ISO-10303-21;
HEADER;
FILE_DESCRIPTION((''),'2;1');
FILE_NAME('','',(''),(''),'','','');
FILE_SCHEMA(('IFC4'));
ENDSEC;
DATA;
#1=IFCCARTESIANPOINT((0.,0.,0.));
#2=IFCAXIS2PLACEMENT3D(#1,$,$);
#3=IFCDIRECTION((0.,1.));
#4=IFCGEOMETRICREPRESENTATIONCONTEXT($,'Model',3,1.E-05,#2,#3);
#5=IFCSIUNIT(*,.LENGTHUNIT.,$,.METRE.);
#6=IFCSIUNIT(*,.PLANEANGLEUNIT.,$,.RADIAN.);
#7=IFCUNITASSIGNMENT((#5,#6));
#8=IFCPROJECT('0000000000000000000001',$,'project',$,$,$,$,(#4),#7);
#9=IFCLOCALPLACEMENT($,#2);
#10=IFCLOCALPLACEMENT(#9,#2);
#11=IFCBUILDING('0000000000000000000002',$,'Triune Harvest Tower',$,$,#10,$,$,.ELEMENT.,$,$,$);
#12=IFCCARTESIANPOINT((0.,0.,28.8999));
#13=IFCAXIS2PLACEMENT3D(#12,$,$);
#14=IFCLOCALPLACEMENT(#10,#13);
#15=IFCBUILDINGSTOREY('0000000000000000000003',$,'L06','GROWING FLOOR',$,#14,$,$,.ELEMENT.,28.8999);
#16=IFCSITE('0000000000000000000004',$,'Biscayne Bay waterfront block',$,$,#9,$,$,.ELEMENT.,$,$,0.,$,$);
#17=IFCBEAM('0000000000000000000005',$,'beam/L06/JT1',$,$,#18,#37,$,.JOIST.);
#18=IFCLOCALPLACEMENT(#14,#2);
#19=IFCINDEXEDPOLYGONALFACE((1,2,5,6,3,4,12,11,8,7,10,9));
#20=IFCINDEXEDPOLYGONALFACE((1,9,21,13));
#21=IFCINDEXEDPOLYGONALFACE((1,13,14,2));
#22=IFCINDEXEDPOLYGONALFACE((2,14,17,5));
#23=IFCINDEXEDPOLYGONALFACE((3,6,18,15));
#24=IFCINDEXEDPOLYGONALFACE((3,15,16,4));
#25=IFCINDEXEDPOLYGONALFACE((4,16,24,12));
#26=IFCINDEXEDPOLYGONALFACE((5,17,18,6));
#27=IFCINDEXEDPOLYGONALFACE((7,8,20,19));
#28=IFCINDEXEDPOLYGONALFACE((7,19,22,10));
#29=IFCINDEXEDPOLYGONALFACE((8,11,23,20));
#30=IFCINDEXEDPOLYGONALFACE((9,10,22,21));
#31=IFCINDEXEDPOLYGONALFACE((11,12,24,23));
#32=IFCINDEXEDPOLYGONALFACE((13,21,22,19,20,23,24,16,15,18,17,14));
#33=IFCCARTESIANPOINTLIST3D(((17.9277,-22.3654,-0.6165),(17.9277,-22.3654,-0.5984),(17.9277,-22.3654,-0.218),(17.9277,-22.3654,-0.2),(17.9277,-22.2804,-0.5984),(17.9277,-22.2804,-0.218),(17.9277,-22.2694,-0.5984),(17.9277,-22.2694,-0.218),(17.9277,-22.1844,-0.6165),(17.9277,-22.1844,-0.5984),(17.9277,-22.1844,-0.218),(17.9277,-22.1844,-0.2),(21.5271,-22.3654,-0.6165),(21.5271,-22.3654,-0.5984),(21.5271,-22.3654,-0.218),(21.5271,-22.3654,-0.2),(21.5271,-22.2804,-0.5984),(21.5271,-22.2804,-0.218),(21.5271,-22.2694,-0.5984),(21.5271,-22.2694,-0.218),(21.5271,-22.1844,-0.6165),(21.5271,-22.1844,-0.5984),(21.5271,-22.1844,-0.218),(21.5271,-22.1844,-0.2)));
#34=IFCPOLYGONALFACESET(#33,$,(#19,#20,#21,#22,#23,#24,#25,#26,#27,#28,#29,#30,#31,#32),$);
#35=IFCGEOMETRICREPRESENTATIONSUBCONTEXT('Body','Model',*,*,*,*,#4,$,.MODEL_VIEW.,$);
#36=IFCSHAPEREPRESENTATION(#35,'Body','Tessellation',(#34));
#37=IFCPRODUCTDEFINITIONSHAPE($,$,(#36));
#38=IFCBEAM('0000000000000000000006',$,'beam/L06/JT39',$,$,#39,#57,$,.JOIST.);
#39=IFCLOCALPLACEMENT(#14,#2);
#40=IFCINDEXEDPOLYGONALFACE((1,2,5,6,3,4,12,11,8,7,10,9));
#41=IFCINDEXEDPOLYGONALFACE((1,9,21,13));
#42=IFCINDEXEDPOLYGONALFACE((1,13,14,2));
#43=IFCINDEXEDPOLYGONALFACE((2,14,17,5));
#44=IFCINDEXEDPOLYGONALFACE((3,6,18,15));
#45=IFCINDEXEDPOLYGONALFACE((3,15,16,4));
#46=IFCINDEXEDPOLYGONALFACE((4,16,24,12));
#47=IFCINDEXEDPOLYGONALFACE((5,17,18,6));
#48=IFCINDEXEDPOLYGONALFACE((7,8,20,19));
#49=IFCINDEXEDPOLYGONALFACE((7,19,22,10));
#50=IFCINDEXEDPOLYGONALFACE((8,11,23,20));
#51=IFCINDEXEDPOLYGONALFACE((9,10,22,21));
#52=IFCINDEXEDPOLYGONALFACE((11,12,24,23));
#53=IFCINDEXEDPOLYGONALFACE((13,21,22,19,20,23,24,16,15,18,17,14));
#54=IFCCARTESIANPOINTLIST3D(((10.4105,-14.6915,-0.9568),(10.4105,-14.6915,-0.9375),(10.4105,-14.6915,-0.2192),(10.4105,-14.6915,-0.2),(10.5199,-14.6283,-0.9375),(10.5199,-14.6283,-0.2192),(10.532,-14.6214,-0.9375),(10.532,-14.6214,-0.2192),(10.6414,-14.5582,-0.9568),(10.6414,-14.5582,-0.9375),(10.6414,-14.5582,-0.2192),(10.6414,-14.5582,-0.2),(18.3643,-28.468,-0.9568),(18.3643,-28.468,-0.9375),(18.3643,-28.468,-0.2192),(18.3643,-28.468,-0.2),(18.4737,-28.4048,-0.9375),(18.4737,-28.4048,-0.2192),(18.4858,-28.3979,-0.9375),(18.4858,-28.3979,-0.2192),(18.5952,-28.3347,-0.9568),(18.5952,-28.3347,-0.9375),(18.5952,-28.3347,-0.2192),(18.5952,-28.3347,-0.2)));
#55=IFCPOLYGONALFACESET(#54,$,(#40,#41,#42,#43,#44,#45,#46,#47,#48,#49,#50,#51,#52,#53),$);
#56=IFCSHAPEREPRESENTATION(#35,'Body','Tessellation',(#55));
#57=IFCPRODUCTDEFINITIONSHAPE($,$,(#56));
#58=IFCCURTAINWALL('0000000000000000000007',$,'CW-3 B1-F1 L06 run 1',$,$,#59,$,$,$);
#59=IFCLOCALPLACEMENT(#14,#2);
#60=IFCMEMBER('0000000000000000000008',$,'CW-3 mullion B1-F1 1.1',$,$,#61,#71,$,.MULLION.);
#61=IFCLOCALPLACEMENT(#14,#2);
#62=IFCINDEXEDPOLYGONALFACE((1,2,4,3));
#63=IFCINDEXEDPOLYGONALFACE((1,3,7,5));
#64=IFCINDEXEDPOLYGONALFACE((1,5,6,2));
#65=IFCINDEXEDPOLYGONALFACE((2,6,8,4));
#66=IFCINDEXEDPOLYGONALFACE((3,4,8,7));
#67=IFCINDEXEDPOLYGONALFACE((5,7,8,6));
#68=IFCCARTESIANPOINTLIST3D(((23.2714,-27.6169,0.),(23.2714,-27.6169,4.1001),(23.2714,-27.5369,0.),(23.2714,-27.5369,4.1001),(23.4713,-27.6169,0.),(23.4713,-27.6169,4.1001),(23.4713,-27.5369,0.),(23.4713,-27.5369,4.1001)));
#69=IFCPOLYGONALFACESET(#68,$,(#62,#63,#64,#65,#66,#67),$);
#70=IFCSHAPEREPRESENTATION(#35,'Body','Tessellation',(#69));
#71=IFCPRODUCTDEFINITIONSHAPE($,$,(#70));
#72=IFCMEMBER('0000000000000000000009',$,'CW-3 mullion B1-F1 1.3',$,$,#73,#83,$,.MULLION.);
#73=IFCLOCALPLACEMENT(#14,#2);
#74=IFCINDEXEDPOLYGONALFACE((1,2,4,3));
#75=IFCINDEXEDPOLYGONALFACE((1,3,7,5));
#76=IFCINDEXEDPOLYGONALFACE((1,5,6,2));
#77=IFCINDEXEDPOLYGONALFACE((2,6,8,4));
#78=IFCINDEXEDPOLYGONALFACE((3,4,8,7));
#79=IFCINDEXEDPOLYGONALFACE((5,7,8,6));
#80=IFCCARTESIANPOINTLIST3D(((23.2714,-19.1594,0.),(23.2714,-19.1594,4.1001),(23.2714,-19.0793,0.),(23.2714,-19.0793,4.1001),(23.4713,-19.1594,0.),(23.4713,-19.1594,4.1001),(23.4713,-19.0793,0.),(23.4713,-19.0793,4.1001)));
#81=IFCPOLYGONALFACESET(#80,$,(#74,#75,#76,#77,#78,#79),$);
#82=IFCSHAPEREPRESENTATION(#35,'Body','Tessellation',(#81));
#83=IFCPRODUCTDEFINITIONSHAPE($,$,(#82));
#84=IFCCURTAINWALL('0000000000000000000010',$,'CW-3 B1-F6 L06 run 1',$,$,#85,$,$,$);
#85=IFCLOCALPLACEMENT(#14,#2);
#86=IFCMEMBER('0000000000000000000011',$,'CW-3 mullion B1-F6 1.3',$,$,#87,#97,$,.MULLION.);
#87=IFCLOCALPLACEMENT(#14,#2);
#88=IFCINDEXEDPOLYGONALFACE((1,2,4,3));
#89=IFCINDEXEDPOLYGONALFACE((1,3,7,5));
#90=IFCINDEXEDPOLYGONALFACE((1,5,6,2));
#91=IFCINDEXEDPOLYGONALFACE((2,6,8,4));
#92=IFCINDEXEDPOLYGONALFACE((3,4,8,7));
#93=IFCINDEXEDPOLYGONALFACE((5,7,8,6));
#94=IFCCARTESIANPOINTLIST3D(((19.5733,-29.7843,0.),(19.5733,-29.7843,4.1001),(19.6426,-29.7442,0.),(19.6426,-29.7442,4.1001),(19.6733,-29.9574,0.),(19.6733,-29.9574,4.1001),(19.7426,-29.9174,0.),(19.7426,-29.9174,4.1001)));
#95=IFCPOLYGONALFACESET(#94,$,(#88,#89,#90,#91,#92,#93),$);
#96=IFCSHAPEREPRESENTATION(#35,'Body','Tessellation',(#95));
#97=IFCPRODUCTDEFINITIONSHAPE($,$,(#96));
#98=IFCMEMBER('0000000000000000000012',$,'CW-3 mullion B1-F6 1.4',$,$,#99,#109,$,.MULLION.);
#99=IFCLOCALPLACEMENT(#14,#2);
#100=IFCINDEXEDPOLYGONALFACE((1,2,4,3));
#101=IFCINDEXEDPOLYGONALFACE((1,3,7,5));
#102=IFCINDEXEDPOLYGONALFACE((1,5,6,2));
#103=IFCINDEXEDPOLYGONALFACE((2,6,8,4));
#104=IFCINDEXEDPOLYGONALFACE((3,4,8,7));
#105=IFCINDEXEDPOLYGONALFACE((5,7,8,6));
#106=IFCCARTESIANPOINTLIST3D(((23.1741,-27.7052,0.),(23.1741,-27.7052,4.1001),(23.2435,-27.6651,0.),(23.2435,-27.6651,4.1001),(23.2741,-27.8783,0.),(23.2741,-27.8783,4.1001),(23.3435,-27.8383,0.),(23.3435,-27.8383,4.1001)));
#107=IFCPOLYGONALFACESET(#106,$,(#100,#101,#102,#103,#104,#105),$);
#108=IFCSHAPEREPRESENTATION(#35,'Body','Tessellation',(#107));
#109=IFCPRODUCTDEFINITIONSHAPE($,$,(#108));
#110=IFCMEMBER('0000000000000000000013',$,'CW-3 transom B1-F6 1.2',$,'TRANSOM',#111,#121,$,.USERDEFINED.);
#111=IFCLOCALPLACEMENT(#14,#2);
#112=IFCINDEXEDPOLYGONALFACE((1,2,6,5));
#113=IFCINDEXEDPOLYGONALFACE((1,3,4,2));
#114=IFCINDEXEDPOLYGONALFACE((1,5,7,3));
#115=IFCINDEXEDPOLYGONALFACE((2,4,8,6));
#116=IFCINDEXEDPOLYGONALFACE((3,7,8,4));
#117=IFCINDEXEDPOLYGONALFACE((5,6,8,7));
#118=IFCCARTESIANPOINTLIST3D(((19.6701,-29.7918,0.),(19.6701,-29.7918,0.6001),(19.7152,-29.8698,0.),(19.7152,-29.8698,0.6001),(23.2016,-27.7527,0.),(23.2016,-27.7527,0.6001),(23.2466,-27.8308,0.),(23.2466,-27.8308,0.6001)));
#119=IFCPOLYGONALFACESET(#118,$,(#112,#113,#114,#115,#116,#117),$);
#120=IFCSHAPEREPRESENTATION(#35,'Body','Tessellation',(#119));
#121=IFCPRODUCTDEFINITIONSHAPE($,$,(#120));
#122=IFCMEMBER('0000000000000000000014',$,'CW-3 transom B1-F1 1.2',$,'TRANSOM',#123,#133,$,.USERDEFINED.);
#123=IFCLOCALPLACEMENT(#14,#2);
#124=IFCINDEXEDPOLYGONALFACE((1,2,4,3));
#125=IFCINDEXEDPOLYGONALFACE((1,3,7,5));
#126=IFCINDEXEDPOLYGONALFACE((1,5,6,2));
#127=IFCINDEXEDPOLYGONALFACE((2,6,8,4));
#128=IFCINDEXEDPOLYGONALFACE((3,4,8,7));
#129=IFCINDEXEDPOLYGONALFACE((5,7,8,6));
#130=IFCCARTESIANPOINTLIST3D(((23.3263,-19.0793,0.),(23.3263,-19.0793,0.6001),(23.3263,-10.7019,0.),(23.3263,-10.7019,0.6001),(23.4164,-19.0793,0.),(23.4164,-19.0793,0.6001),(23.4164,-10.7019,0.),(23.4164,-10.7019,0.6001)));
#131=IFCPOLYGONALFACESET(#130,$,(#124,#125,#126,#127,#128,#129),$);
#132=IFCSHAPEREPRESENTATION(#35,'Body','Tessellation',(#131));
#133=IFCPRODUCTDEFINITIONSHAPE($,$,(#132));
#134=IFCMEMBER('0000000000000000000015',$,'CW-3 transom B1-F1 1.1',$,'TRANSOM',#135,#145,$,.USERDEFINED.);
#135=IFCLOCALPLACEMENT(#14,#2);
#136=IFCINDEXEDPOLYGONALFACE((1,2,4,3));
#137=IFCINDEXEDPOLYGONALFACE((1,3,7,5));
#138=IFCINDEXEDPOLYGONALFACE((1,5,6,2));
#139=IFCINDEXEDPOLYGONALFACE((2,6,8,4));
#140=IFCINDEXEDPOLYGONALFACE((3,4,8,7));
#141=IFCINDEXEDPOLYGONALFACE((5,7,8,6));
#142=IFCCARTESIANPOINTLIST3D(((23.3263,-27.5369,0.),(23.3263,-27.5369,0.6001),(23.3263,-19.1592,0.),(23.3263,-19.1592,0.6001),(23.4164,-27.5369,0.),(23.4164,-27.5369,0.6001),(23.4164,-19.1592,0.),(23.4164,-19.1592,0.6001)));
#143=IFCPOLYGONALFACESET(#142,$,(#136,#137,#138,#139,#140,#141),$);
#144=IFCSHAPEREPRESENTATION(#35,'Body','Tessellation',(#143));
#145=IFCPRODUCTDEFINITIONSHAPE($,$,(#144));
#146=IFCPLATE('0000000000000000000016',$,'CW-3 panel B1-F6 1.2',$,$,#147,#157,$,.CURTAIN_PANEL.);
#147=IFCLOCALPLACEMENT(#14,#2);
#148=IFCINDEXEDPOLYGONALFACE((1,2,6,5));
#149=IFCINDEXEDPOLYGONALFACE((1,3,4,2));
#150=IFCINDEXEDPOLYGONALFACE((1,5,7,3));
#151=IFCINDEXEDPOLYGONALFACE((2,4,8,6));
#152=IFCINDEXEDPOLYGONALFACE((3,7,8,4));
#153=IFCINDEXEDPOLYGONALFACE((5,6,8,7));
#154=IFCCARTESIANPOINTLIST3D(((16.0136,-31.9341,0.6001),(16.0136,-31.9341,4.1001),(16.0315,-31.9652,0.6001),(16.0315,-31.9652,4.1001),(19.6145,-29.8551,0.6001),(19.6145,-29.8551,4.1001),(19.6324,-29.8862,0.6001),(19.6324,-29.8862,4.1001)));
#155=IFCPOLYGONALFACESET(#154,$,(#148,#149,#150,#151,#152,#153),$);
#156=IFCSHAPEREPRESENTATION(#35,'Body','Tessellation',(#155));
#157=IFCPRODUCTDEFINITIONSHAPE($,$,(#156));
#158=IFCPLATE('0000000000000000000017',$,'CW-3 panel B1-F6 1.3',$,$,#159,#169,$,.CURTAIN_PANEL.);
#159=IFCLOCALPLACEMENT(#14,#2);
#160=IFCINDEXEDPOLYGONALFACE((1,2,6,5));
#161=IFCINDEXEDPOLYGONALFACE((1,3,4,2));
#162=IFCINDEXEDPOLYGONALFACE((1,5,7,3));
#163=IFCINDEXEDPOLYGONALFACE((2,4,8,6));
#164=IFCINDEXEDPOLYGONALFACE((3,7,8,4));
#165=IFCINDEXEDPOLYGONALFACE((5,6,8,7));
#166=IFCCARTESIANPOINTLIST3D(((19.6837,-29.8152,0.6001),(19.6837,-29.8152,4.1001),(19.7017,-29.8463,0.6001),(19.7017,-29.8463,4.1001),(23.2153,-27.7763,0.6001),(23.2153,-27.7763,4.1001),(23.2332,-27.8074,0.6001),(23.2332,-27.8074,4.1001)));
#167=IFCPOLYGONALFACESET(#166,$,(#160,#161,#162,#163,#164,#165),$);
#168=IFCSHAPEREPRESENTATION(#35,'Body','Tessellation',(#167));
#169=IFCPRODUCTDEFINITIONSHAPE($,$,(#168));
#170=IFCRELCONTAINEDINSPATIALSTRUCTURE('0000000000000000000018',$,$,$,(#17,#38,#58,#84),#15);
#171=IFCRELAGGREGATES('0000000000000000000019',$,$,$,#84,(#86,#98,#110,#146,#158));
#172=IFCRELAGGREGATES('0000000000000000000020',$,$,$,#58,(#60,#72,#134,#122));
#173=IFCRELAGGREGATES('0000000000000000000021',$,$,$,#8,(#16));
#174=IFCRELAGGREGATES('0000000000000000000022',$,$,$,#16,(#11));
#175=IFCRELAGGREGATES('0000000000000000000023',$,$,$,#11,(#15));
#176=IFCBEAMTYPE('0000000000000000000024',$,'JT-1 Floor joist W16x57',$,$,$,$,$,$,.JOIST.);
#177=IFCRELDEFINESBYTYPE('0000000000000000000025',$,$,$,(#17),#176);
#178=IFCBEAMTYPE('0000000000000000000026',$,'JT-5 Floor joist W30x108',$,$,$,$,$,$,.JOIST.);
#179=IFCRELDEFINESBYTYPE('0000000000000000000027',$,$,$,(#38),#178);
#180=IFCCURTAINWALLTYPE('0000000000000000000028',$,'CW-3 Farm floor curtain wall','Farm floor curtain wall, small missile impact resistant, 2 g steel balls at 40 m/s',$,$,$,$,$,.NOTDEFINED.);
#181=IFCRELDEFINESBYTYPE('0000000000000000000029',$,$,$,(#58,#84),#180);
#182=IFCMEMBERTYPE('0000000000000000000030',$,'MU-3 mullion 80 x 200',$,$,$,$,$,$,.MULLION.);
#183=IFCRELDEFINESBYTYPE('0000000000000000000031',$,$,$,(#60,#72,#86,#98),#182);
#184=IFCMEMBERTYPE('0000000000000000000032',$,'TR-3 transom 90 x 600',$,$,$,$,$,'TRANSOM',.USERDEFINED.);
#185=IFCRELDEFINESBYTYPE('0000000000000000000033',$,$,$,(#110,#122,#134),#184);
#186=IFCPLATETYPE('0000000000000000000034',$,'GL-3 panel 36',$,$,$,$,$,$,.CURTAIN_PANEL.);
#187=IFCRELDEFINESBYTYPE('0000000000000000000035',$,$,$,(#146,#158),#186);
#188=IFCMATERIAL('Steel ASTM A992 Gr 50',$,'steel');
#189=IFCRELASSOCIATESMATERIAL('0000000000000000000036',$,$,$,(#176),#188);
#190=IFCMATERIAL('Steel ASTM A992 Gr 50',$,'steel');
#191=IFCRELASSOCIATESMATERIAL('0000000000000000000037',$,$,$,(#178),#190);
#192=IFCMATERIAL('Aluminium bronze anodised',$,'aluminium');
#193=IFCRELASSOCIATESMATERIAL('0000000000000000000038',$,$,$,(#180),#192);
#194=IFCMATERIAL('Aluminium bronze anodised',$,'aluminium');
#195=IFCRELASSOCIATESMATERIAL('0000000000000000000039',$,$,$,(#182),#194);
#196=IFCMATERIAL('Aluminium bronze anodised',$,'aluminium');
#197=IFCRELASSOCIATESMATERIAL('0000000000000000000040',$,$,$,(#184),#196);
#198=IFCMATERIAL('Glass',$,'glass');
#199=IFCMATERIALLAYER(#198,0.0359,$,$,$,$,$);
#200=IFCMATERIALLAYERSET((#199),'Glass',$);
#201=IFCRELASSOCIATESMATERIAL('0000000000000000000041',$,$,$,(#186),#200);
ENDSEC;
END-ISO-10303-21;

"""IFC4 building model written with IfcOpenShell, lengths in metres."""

from ifc_helpers import new_model, si_unit, direction, frame, origin, origin_2d, place, context, subcontext, project, spatial, rectangle, i_section, extrude, source, transform, mapped, material, layer, layer_set, material_profile, profile_set, type_object, element, aggregate, save


model = new_model("IFC4")

# Units and contexts
model_context = context("Model", 3, precision=1e-05, world=origin(), true_north=direction((0.0, 1.0)))
body_context = subcontext(model_context, "Body", "Model", "MODEL_VIEW")
ifc_project = project(units=[si_unit("LENGTHUNIT", "METRE"), si_unit("PLANEANGLEUNIT", "RADIAN")], contexts=[model_context])

# Site, building, storey
site_placement = place(None, origin())
site = spatial("IfcSite", under=ifc_project, at=site_placement, Name="Biscayne Bay waterfront block", CompositionType="ELEMENT", RefElevation=0.0)
building_placement = place(site_placement, origin())
building = spatial("IfcBuilding", under=site, at=building_placement, Name="Triune Harvest Tower", CompositionType="ELEMENT")
storey_placement = place(building_placement, frame((0.0, 0.0, 28.8999)))
storey = spatial("IfcBuildingStorey", under=building, at=storey_placement, Name="L06", Description="GROWING FLOOR", CompositionType="ELEMENT", Elevation=28.8999)

# Beams
ifc_material_1 = material(Name="Steel ASTM A992 Gr 50", Category="steel")
ifc_material_profile_1 = material_profile(ifc_material_1, i_section(OverallWidth=0.1809, OverallDepth=0.4165, WebThickness=0.011, FlangeThickness=0.0181, at=origin_2d()), Name="W16x57")
ifc_profile_set_1 = profile_set([ifc_material_profile_1], Name="Steel ASTM A992 Gr 50")
beam_type_1 = type_object("IfcBeamType", Name="JT-1 Floor joist W16x57", PredefinedType="JOIST", material=ifc_profile_set_1)
shared_shape_1 = source(origin(), body_context, "Body", "SweptSolid", [
    extrude(i_section(OverallWidth=0.1809, OverallDepth=0.4165, WebThickness=0.011, FlangeThickness=0.0181, at=origin_2d()), origin(), (0.0, 0.0, 1.0), 3.5994),
])
beam_1_placement = place(storey_placement, frame((21.5271, -22.2749, -0.4082), z_axis=(-1.0, 0.0, 0.0), x_axis=(0.0, -1.0, 0.0)))
element("IfcBeam", 1, at=beam_1_placement, inside=storey, type_object=beam_type_1, Name="beam/L06/JT1", PredefinedType="JOIST", context=body_context, shape_type="MappedRepresentation", body=[
    mapped(shared_shape_1, transform((0.0, 0.0, 0.0), scale=1.0)),
])
ifc_material_2 = material(Name="Steel ASTM A992 Gr 50", Category="steel")
ifc_material_profile_2 = material_profile(ifc_material_2, i_section(OverallWidth=0.2666, OverallDepth=0.7568, WebThickness=0.0139, FlangeThickness=0.0193, at=origin_2d()), Name="W30x108")
ifc_profile_set_2 = profile_set([ifc_material_profile_2], Name="Steel ASTM A992 Gr 50")
beam_type_2 = type_object("IfcBeamType", Name="JT-5 Floor joist W30x108", PredefinedType="JOIST", material=ifc_profile_set_2)
shared_shape_2 = source(origin(), body_context, "Body", "SweptSolid", [
    extrude(i_section(OverallWidth=0.2666, OverallDepth=0.7568, WebThickness=0.0139, FlangeThickness=0.0193, at=origin_2d()), origin(), (0.0, 0.0, 1.0), 15.9077),
])
beam_2_placement = place(storey_placement, frame((18.4797, -28.4014, -0.5784), z_axis=(-0.499997, 0.866027, 0.0), x_axis=(-0.866027, -0.499997, 0.0)))
element("IfcBeam", 2, at=beam_2_placement, inside=storey, type_object=beam_type_2, Name="beam/L06/JT39", PredefinedType="JOIST", context=body_context, shape_type="MappedRepresentation", body=[
    mapped(shared_shape_2, transform((0.0, 0.0, 0.0), scale=1.0)),
])

# Curtain walls, members
ifc_material_3 = material(Name="Aluminium bronze anodised", Category="aluminium")
curtain_wall_type = type_object("IfcCurtainWallType", Name="CW-3 Farm floor curtain wall", Description="Farm floor curtain wall, small missile impact resistant, 2 g steel balls at 40 m/s", PredefinedType="NOTDEFINED", material=ifc_material_3)
curtain_wall_1_placement = place(storey_placement, origin())
curtain_wall_1 = element("IfcCurtainWall", 3, at=curtain_wall_1_placement, inside=storey, type_object=curtain_wall_type, Name="CW-3 B1-F1 L06 run 1")
ifc_material_4 = material(Name="Aluminium bronze anodised", Category="aluminium")
ifc_material_profile_3 = material_profile(ifc_material_4, rectangle(XDim=0.2, YDim=0.0801, at=origin_2d()), Name="MU-3 mullion 80 x 200")
ifc_profile_set_3 = profile_set([ifc_material_profile_3], Name="Aluminium bronze anodised")
member_type_1 = type_object("IfcMemberType", Name="MU-3 mullion 80 x 200", PredefinedType="MULLION", material=ifc_profile_set_3)
shared_shape_3 = source(origin(), body_context, "Body", "SweptSolid", [
    extrude(rectangle(XDim=0.2, YDim=0.0801, at=origin_2d()), origin(), (0.0, 0.0, 1.0), 4.1001),
])
member_1_placement = place(storey_placement, frame((23.3713, -27.5769, 0.0), z_axis=(0.0, 0.0, 1.0), x_axis=(-1.0, 0.0, 0.0)))
member_1 = element("IfcMember", 4, at=member_1_placement, type_object=member_type_1, Name="CW-3 mullion B1-F1 1.1", PredefinedType="MULLION", context=body_context, shape_type="MappedRepresentation", body=[
    mapped(shared_shape_3, transform((0.0, 0.0, 0.0), scale=1.0)),
])
member_2_placement = place(storey_placement, frame((23.3713, -19.1194, 0.0), z_axis=(0.0, 0.0, 1.0), x_axis=(-1.0, 0.0, 0.0)))
member_2 = element("IfcMember", 5, at=member_2_placement, type_object=member_type_1, Name="CW-3 mullion B1-F1 1.3", PredefinedType="MULLION", context=body_context, shape_type="MappedRepresentation", body=[
    mapped(shared_shape_3, transform((0.0, 0.0, 0.0), scale=1.0)),
])
curtain_wall_2_placement = place(storey_placement, origin())
curtain_wall_2 = element("IfcCurtainWall", 6, at=curtain_wall_2_placement, inside=storey, type_object=curtain_wall_type, Name="CW-3 B1-F6 L06 run 1")
member_3_placement = place(storey_placement, frame((19.658, -29.8508, 0.0), z_axis=(0.0, 0.0, 1.0), x_axis=(-0.499999, 0.866026, 0.0)))
member_3 = element("IfcMember", 7, at=member_3_placement, type_object=member_type_1, Name="CW-3 mullion B1-F6 1.3", PredefinedType="MULLION", context=body_context, shape_type="MappedRepresentation", body=[
    mapped(shared_shape_3, transform((0.0, 0.0, 0.0), scale=1.0)),
])
member_4_placement = place(storey_placement, frame((23.2588, -27.7717, 0.0), z_axis=(0.0, 0.0, 1.0), x_axis=(-0.499999, 0.866026, 0.0)))
member_4 = element("IfcMember", 8, at=member_4_placement, type_object=member_type_1, Name="CW-3 mullion B1-F6 1.4", PredefinedType="MULLION", context=body_context, shape_type="MappedRepresentation", body=[
    mapped(shared_shape_3, transform((0.0, 0.0, 0.0), scale=1.0)),
])
ifc_material_5 = material(Name="Aluminium bronze anodised", Category="aluminium")
ifc_material_profile_4 = material_profile(ifc_material_5, rectangle(XDim=0.0901, YDim=0.6001, at=origin_2d()), Name="TR-3 transom 90 x 600")
ifc_profile_set_4 = profile_set([ifc_material_profile_4], Name="Aluminium bronze anodised")
member_type_2 = type_object("IfcMemberType", Name="TR-3 transom 90 x 600", ElementType="TRANSOM", PredefinedType="USERDEFINED", material=ifc_profile_set_4)
shared_shape_4 = source(origin(), body_context, "Body", "SweptSolid", [
    extrude(rectangle(XDim=0.0901, YDim=0.6001, at=origin_2d()), origin(), (0.0, 0.0, 1.0), 4.0779),
])
member_5_placement = place(storey_placement, frame((19.6926, -29.8308, 0.3), z_axis=(0.866009, 0.500028, 0.0), x_axis=(-0.500028, 0.866009, 0.0)))
member_5 = element("IfcMember", 9, at=member_5_placement, type_object=member_type_2, Name="CW-3 transom B1-F6 1.2", ObjectType="TRANSOM", PredefinedType="USERDEFINED", context=body_context, shape_type="MappedRepresentation", body=[
    mapped(shared_shape_4, transform((0.0, 0.0, 0.0), scale=1.0)),
])

# Members
shared_shape_5 = source(origin(), body_context, "Body", "SweptSolid", [
    extrude(rectangle(XDim=0.0901, YDim=0.6001, at=origin_2d()), origin(), (0.0, 0.0, 1.0), 8.3774),
])
member_6_placement = place(storey_placement, frame((23.3713, -19.0793, 0.3), z_axis=(0.0, 1.0, 0.0), x_axis=(-1.0, 0.0, 0.0)))
member_6 = element("IfcMember", 10, at=member_6_placement, type_object=member_type_2, Name="CW-3 transom B1-F1 1.2", ObjectType="TRANSOM", PredefinedType="USERDEFINED", context=body_context, shape_type="MappedRepresentation", body=[
    mapped(shared_shape_5, transform((0.0, 0.0, 0.0), scale=1.0)),
])
shared_shape_6 = source(origin(), body_context, "Body", "SweptSolid", [
    extrude(rectangle(XDim=0.0901, YDim=0.6001, at=origin_2d()), origin(), (0.0, 0.0, 1.0), 8.3777),
])
member_7_placement = place(storey_placement, frame((23.3713, -27.5369, 0.3), z_axis=(0.0, 1.0, 0.0), x_axis=(-1.0, 0.0, 0.0)))
member_7 = element("IfcMember", 11, at=member_7_placement, type_object=member_type_2, Name="CW-3 transom B1-F1 1.1", ObjectType="TRANSOM", PredefinedType="USERDEFINED", context=body_context, shape_type="MappedRepresentation", body=[
    mapped(shared_shape_6, transform((0.0, 0.0, 0.0), scale=1.0)),
])

# Plates
ifc_material_6 = material(Name="Glass", Category="glass")
ifc_layer_1 = layer(ifc_material_6, 0.0359)
ifc_layer_set_1 = layer_set([ifc_layer_1], Name="Glass")
plate_type = type_object("IfcPlateType", Name="GL-3 panel 36", PredefinedType="CURTAIN_PANEL", material=ifc_layer_set_1)
shared_shape_7 = source(origin(), body_context, "Body", "SweptSolid", [
    extrude(rectangle(XDim=4.158, YDim=0.0359, at=origin_2d()), origin(), (0.0, 0.0, 1.0), 3.5),
])
plate_1_placement = place(storey_placement, frame((17.823, -30.9102, 0.6001), z_axis=(0.0, 0.0, 1.0), x_axis=(0.866026, 0.499999, 0.0)))
plate_1 = element("IfcPlate", 12, at=plate_1_placement, type_object=plate_type, Name="CW-3 panel B1-F6 1.2", PredefinedType="CURTAIN_PANEL", context=body_context, shape_type="MappedRepresentation", body=[
    mapped(shared_shape_7, transform((0.0, 0.0, 0.0), scale=1.0)),
])
shared_shape_8 = source(origin(), body_context, "Body", "SweptSolid", [
    extrude(rectangle(XDim=4.0779, YDim=0.0359, at=origin_2d()), origin(), (0.0, 0.0, 1.0), 3.5),
])
plate_2_placement = place(storey_placement, frame((21.4585, -28.8113, 0.6001), z_axis=(0.0, 0.0, 1.0), x_axis=(0.866026, 0.499999, 0.0)))
plate_2 = element("IfcPlate", 13, at=plate_2_placement, type_object=plate_type, Name="CW-3 panel B1-F6 1.3", PredefinedType="CURTAIN_PANEL", context=body_context, shape_type="MappedRepresentation", body=[
    mapped(shared_shape_8, transform((0.0, 0.0, 0.0), scale=1.0)),
])
aggregate(curtain_wall_2, [member_3, member_4, member_5, plate_1, plate_2])
aggregate(curtain_wall_1, [member_1, member_2, member_7, member_6])

save(model, "model.ifc")
